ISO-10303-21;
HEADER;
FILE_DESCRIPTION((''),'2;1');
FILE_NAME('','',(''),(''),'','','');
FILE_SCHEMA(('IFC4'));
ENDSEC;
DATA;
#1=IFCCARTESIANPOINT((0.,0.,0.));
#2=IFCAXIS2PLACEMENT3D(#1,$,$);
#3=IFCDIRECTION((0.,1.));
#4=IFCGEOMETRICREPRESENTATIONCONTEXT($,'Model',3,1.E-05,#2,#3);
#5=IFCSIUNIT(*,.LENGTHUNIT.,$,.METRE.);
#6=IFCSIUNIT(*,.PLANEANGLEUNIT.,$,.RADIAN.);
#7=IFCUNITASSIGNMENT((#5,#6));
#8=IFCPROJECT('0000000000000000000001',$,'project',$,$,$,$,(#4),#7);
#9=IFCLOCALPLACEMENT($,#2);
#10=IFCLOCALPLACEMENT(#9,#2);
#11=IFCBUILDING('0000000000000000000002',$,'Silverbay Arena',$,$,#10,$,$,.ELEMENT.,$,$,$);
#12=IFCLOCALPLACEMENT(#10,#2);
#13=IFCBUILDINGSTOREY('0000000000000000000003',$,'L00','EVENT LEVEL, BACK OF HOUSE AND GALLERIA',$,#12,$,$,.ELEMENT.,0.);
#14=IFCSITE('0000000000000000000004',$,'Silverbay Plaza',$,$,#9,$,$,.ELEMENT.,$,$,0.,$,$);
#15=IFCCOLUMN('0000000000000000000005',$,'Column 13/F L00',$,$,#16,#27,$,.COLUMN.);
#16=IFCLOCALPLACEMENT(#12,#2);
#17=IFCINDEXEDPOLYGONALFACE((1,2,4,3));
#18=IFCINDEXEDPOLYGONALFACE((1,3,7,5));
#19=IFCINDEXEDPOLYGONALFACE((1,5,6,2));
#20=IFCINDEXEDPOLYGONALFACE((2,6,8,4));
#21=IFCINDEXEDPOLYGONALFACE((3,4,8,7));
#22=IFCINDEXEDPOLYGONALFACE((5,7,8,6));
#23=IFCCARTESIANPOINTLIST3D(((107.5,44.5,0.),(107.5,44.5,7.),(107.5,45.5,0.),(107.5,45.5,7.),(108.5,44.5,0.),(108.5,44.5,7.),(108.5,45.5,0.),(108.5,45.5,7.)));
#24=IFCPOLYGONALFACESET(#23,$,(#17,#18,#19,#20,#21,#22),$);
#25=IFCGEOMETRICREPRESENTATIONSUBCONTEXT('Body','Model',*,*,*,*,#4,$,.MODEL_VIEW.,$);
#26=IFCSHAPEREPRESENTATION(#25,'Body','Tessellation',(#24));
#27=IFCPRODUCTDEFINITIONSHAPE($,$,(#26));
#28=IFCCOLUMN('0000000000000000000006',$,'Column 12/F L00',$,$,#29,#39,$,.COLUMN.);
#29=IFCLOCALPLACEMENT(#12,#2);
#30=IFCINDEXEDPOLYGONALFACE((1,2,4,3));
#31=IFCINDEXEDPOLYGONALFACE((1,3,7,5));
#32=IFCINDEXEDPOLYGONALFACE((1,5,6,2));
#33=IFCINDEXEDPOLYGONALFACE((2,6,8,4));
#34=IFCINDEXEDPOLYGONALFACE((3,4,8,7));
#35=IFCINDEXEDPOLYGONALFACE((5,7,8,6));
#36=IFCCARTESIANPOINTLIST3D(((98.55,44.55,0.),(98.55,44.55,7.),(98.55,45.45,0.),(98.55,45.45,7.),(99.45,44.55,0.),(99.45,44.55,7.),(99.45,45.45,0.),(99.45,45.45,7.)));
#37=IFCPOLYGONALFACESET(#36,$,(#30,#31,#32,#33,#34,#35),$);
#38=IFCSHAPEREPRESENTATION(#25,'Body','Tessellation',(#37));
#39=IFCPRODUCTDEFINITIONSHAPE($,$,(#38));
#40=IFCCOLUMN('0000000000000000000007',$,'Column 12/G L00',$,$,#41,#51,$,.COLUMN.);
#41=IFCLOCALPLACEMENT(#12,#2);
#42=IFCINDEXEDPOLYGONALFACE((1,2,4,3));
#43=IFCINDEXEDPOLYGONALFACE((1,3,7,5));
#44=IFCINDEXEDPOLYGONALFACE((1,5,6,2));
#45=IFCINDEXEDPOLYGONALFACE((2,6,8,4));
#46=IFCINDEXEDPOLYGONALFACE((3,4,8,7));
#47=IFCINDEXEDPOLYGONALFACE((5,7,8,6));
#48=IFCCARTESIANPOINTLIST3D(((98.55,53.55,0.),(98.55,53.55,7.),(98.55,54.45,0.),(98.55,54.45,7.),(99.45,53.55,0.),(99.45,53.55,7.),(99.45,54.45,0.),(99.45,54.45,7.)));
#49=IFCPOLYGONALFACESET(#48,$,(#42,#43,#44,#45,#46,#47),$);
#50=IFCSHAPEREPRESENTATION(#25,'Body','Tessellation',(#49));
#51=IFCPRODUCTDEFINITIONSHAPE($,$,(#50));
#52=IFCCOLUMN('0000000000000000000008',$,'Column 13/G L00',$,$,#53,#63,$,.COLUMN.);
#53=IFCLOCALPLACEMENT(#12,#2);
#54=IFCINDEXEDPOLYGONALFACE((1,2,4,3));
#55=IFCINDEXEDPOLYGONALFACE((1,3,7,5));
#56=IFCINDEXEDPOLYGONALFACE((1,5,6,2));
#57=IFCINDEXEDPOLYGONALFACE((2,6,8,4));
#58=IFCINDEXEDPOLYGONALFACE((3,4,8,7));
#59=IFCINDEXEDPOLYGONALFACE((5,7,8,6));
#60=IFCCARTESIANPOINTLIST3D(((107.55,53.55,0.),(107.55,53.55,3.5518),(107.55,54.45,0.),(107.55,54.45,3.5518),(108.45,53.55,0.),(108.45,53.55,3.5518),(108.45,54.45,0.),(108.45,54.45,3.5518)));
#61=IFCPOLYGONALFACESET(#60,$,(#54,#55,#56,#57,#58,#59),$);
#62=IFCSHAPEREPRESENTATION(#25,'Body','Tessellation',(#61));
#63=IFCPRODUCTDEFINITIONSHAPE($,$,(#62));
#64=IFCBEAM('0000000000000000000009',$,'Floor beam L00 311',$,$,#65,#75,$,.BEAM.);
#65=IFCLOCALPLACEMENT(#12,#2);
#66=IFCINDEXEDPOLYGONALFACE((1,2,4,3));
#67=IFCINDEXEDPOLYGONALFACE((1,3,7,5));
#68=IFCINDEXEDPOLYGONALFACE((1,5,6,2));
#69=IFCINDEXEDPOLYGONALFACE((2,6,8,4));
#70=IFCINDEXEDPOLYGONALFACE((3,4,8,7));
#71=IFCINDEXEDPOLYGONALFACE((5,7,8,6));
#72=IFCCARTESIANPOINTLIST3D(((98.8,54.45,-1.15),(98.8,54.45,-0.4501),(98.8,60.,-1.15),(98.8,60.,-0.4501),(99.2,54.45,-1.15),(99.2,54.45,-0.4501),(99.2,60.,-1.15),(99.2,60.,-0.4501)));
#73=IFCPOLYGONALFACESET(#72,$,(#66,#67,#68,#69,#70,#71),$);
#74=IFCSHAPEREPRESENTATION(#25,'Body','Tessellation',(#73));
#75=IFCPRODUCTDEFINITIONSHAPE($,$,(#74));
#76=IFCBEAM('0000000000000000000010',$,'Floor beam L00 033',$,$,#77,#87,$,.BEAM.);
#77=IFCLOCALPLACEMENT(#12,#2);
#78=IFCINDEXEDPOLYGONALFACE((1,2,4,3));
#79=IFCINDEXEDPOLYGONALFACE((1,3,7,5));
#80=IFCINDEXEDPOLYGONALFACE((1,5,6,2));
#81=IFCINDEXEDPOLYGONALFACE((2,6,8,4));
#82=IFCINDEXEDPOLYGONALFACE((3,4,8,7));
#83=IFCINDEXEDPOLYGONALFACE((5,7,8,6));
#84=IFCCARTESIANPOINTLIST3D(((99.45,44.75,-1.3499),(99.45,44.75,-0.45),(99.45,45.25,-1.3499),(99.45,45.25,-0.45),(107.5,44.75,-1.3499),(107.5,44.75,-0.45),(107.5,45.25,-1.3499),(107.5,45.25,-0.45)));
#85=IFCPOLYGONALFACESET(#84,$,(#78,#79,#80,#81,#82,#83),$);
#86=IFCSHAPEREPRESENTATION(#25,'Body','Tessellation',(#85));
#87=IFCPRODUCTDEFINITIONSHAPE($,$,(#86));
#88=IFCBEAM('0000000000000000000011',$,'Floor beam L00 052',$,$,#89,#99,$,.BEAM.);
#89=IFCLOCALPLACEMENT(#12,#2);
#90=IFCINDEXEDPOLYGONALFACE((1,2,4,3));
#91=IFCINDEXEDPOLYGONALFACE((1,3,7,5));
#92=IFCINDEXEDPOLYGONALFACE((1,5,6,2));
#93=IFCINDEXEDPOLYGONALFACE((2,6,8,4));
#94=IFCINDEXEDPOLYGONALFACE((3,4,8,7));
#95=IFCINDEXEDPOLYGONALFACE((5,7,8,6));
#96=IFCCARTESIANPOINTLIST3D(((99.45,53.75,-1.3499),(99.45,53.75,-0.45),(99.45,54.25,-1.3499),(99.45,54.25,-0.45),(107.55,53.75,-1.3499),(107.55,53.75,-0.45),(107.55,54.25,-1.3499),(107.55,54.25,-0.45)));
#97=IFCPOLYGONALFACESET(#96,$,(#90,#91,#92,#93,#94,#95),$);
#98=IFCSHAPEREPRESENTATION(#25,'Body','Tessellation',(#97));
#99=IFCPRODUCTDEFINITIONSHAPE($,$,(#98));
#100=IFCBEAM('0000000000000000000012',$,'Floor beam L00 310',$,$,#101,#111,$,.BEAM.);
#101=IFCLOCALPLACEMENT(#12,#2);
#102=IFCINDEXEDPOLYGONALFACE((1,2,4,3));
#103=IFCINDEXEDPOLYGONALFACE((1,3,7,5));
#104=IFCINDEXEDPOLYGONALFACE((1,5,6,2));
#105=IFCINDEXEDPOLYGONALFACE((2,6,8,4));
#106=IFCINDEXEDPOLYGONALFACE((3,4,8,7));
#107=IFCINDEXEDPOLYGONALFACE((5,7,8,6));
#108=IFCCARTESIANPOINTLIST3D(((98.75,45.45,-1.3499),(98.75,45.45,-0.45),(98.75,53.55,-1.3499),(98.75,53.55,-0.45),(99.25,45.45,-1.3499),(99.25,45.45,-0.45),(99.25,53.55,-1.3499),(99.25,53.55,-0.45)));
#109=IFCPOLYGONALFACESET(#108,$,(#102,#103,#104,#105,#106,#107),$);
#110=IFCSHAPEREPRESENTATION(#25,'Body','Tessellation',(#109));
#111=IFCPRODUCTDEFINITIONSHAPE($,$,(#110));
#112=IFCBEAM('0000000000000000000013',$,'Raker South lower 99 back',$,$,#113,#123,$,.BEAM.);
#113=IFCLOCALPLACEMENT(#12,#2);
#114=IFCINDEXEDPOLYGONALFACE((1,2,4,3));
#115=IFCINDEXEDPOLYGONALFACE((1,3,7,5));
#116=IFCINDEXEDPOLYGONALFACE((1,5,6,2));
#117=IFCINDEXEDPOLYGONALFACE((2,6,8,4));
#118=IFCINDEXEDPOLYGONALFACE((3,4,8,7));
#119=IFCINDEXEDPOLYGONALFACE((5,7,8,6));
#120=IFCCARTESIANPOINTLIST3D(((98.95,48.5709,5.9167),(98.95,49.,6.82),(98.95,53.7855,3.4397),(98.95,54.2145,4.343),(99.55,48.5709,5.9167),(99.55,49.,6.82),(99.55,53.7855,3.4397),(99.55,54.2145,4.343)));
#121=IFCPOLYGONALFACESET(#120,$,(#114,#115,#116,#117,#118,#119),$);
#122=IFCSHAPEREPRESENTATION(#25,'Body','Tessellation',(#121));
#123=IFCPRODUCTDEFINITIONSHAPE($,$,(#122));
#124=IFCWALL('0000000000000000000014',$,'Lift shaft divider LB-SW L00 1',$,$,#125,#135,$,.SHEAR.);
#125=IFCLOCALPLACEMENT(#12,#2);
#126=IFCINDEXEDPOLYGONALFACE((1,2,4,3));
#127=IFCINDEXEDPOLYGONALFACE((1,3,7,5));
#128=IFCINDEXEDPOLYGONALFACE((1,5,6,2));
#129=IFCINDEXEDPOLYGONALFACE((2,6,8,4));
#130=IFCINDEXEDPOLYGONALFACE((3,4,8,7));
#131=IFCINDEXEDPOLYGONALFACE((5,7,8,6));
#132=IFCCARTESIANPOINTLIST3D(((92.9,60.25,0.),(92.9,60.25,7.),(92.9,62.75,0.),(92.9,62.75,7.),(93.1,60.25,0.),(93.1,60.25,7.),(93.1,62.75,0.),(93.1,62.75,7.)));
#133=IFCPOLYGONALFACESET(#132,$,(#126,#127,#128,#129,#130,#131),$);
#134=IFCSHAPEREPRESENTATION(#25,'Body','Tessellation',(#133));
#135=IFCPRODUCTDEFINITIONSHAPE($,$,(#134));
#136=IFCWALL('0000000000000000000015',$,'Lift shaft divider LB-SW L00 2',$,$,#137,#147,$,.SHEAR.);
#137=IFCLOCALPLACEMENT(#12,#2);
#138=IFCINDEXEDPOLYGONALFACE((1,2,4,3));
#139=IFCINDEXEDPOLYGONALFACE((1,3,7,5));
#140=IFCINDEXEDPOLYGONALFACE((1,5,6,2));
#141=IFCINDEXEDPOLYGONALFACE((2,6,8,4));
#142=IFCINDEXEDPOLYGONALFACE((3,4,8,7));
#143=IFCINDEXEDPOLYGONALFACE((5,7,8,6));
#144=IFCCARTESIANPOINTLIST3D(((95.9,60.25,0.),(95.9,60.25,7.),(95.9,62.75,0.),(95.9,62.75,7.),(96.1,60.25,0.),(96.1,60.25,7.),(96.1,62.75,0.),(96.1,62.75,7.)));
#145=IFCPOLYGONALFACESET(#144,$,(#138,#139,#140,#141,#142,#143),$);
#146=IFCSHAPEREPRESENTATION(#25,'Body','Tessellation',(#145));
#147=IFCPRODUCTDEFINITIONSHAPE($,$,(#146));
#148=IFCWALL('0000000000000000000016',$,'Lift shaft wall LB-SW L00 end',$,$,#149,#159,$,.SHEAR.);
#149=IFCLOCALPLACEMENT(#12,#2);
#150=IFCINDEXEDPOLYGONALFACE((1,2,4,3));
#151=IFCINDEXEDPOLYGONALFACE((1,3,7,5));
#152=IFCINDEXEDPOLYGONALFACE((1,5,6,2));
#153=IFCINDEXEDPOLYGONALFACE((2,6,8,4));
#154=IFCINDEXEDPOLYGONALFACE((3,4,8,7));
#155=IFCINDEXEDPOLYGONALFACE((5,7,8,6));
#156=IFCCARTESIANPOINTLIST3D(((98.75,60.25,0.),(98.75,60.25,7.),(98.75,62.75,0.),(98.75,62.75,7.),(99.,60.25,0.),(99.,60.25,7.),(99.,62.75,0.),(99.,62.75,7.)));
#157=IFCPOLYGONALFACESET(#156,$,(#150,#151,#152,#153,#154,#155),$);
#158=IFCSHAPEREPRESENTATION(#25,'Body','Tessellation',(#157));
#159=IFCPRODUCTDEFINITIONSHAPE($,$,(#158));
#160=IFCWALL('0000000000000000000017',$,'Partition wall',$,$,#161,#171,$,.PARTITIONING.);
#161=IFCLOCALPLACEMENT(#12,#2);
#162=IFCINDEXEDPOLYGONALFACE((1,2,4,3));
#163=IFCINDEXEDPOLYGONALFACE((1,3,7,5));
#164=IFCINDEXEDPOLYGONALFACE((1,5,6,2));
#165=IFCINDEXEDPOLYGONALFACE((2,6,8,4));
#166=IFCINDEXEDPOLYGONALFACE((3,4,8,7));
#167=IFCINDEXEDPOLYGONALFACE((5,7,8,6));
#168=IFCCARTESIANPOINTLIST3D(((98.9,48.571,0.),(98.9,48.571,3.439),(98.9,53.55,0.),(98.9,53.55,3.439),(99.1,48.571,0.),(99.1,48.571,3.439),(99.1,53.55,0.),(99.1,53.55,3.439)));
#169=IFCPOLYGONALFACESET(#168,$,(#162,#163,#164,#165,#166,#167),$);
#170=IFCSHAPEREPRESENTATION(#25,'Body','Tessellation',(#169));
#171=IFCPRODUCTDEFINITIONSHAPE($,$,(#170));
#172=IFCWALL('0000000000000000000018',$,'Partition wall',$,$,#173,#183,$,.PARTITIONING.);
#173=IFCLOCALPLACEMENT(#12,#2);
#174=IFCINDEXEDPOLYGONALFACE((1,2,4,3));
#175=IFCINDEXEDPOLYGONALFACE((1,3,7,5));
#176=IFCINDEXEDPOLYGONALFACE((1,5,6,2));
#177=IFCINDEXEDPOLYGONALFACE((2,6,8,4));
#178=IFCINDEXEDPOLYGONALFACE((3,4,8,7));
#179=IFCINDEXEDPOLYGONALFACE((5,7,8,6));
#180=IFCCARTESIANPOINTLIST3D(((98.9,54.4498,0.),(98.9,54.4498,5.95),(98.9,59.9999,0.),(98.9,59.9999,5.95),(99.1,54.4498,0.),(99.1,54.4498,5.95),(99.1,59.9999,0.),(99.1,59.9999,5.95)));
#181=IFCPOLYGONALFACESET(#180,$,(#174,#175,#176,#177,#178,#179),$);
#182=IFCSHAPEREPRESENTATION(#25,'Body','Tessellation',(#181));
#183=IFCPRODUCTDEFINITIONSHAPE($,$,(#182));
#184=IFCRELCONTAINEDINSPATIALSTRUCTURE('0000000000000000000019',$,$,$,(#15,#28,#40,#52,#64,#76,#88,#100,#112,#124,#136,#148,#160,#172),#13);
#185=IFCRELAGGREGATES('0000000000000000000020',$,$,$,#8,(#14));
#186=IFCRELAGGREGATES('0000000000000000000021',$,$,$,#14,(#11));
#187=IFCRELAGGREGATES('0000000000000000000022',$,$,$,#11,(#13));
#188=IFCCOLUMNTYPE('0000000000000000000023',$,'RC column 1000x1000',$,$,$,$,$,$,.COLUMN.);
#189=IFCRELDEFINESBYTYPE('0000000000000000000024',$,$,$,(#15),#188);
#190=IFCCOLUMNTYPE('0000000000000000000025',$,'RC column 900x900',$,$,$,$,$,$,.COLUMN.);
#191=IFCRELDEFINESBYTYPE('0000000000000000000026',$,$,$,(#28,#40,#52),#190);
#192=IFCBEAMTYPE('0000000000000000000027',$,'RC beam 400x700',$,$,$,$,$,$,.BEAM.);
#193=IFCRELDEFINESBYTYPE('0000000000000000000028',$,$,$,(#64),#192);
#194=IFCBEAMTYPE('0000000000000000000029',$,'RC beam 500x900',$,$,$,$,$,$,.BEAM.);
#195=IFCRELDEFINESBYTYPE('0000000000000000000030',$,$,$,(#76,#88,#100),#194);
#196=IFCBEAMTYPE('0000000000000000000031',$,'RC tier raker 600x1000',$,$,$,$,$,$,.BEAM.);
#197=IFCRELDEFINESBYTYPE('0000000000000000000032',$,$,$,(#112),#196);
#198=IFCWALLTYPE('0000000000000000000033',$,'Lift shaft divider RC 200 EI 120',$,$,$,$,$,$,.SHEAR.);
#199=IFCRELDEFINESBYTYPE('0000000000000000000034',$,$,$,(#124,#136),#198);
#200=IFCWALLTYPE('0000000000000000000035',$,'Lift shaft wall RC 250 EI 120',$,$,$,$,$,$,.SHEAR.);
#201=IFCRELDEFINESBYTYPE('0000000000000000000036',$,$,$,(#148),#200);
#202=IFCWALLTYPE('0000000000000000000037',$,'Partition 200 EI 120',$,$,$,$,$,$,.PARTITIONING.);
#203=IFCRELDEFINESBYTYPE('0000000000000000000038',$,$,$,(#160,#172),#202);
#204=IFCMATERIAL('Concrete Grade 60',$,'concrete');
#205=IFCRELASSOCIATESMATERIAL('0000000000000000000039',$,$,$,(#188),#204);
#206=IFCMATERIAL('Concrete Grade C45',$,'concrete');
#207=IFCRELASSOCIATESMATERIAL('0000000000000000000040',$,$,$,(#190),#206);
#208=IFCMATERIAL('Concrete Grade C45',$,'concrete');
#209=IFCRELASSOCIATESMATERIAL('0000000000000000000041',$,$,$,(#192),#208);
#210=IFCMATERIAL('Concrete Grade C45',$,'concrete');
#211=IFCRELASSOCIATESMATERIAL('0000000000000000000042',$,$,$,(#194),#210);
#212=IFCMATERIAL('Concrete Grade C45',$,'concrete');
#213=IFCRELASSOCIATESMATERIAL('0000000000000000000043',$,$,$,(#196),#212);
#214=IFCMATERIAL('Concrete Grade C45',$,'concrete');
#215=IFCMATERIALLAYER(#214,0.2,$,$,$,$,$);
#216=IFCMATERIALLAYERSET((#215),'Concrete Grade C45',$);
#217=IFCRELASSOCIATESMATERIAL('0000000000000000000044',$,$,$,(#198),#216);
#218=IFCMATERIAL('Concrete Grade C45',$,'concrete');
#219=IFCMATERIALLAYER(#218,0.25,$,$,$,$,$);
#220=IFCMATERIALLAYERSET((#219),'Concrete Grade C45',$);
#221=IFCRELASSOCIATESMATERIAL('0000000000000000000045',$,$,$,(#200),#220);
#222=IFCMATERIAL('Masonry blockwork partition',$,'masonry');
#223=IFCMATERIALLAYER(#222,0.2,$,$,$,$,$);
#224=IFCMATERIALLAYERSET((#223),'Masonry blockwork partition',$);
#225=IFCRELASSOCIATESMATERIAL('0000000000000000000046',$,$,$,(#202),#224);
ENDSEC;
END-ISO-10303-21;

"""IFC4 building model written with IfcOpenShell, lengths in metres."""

from ifc_helpers import new_model, si_unit, direction, frame, frame_2d, origin, origin_2d, place, context, subcontext, project, spatial, rectangle, extrude, material, layer, layer_set, material_profile, profile_set, type_object, element, save


model = new_model("IFC4")

# Units and contexts
model_context = context("Model", 3, precision=1e-05, world=origin(), true_north=direction((0.0, 1.0)))
body_context = subcontext(model_context, "Body", "Model", "MODEL_VIEW")
ifc_project = project(units=[si_unit("LENGTHUNIT", "METRE"), si_unit("PLANEANGLEUNIT", "RADIAN")], contexts=[model_context])

# Site, building, storey
site_placement = place(None, origin())
site = spatial("IfcSite", under=ifc_project, at=site_placement, Name="Silverbay Plaza", CompositionType="ELEMENT", RefElevation=0.0)
building_placement = place(site_placement, origin())
building = spatial("IfcBuilding", under=site, at=building_placement, Name="Silverbay Arena", CompositionType="ELEMENT")
storey_placement = place(building_placement, origin())
storey = spatial("IfcBuildingStorey", under=building, at=storey_placement, Name="L00", Description="EVENT LEVEL, BACK OF HOUSE AND GALLERIA", CompositionType="ELEMENT", Elevation=0.0)

# Columns
ifc_material_1 = material(Name="Concrete Grade 60", Category="concrete")
ifc_material_profile_1 = material_profile(ifc_material_1, rectangle(XDim=1.0, YDim=1.0, at=origin_2d()), Name="RC 1000x1000")
ifc_profile_set_1 = profile_set([ifc_material_profile_1], Name="Concrete Grade 60")
column_type_1 = type_object("IfcColumnType", Name="RC column 1000x1000", PredefinedType="COLUMN", material=ifc_profile_set_1)
column_1_placement = place(storey_placement, frame((108.0, 45.0, 0.0), z_axis=(0.0, 0.0, 1.0), x_axis=(1.0, 0.0, 0.0)))
element("IfcColumn", 1, at=column_1_placement, inside=storey, type_object=column_type_1, Name="Column 13/F L00", PredefinedType="COLUMN", context=body_context, shape_type="SweptSolid", body=[
    extrude(rectangle(XDim=1.0, YDim=1.0, at=origin_2d()), origin(), (0.0, 0.0, 1.0), 7.0),
])
ifc_material_2 = material(Name="Concrete Grade C45", Category="concrete")
ifc_material_profile_2 = material_profile(ifc_material_2, rectangle(XDim=0.8999, YDim=0.8999, at=origin_2d()), Name="RC 900x900")
ifc_profile_set_2 = profile_set([ifc_material_profile_2], Name="Concrete Grade C45")
column_type_2 = type_object("IfcColumnType", Name="RC column 900x900", PredefinedType="COLUMN", material=ifc_profile_set_2)
for number, where, z_axis, x_axis, name in (
    (2, (99.0, 45.0, 0.0), (0.0, 0.0, 1.0), (1.0, 0.0, 0.0), "Column 12/F L00"),
    (3, (99.0, 54.0, 0.0), (0.0, 0.0, 1.0), (1.0, 0.0, 0.0), "Column 12/G L00"),
):
    element("IfcColumn", number, at=place(storey_placement, frame(where, z_axis=z_axis, x_axis=x_axis)), inside=storey, type_object=column_type_2, Name=name, PredefinedType="COLUMN", context=body_context, shape_type="SweptSolid", body=[
        extrude(rectangle(XDim=0.8999, YDim=0.8999, at=origin_2d()), origin(), (0.0, 0.0, 1.0), 7.0),
    ])
column_2_placement = place(storey_placement, frame((108.0, 54.0, 0.0), z_axis=(0.0, 0.0, 1.0), x_axis=(1.0, 0.0, 0.0)))
element("IfcColumn", 4, at=column_2_placement, inside=storey, type_object=column_type_2, Name="Column 13/G L00", PredefinedType="COLUMN", context=body_context, shape_type="SweptSolid", body=[
    extrude(rectangle(XDim=0.8999, YDim=0.8999, at=origin_2d()), origin(), (0.0, 0.0, 1.0), 3.5518),
])

# Beams
ifc_material_3 = material(Name="Concrete Grade C45", Category="concrete")
ifc_material_profile_3 = material_profile(ifc_material_3, rectangle(XDim=0.3999, YDim=0.7, at=origin_2d()), Name="RC 400x700")
ifc_profile_set_3 = profile_set([ifc_material_profile_3], Name="Concrete Grade C45")
beam_type_1 = type_object("IfcBeamType", Name="RC beam 400x700", PredefinedType="BEAM", material=ifc_profile_set_3)
beam_1_placement = place(storey_placement, frame((99.0, 54.45, -0.8), z_axis=(0.0, 1.0, 0.0), x_axis=(-1.0, 0.0, 0.0)))
element("IfcBeam", 5, at=beam_1_placement, inside=storey, type_object=beam_type_1, Name="Floor beam L00 311", PredefinedType="BEAM", context=body_context, shape_type="SweptSolid", body=[
    extrude(rectangle(XDim=0.3999, YDim=0.7, at=origin_2d()), origin(), (0.0, 0.0, 1.0), 5.55),
])
ifc_material_4 = material(Name="Concrete Grade C45", Category="concrete")
ifc_material_profile_4 = material_profile(ifc_material_4, rectangle(XDim=0.5, YDim=0.8999, at=origin_2d()), Name="RC 500x900")
ifc_profile_set_4 = profile_set([ifc_material_profile_4], Name="Concrete Grade C45")
beam_type_2 = type_object("IfcBeamType", Name="RC beam 500x900", PredefinedType="BEAM", material=ifc_profile_set_4)
beam_2_placement = place(storey_placement, frame((99.45, 45.0, -0.8999), z_axis=(1.0, 0.0, 0.0), x_axis=(0.0, 1.0, 0.0)))
element("IfcBeam", 6, at=beam_2_placement, inside=storey, type_object=beam_type_2, Name="Floor beam L00 033", PredefinedType="BEAM", context=body_context, shape_type="SweptSolid", body=[
    extrude(rectangle(XDim=0.5, YDim=0.8999, at=origin_2d()), origin(), (0.0, 0.0, 1.0), 8.05),
])
for number, where, z_axis, x_axis, name in (
    (7, (99.45, 54.0, -0.8999), (1.0, 0.0, 0.0), (0.0, 1.0, 0.0), "Floor beam L00 052"),
    (8, (99.0, 45.45, -0.8999), (0.0, 1.0, 0.0), (-1.0, 0.0, 0.0), "Floor beam L00 310"),
):
    element("IfcBeam", number, at=place(storey_placement, frame(where, z_axis=z_axis, x_axis=x_axis)), inside=storey, type_object=beam_type_2, Name=name, PredefinedType="BEAM", context=body_context, shape_type="SweptSolid", body=[
        extrude(rectangle(XDim=0.5, YDim=0.8999, at=origin_2d()), origin(), (0.0, 0.0, 1.0), 8.1001),
    ])
ifc_material_5 = material(Name="Concrete Grade C45", Category="concrete")
ifc_material_profile_5 = material_profile(ifc_material_5, rectangle(XDim=0.6001, YDim=1.0, at=origin_2d()), Name="RC 600x1000")
ifc_profile_set_5 = profile_set([ifc_material_profile_5], Name="Concrete Grade C45")
beam_type_3 = type_object("IfcBeamType", Name="RC tier raker 600x1000", PredefinedType="BEAM", material=ifc_profile_set_5)
beam_3_placement = place(storey_placement, frame((99.25, 54.0, 3.8914), z_axis=(0.0, -0.90327, 0.429073), x_axis=(1.0, 0.0, 0.0)))
element("IfcBeam", 9, at=beam_3_placement, inside=storey, type_object=beam_type_3, Name="Raker South lower 99 back", PredefinedType="BEAM", context=body_context, shape_type="SweptSolid", body=[
    extrude(rectangle(XDim=0.6001, YDim=1.0, at=origin_2d()), origin(), (0.0, 0.0, 1.0), 5.7729),
])

# Walls
ifc_material_6 = material(Name="Concrete Grade C45", Category="concrete")
ifc_layer_1 = layer(ifc_material_6, 0.2)
ifc_layer_set_1 = layer_set([ifc_layer_1], Name="Concrete Grade C45")
wall_type_1 = type_object("IfcWallType", Name="Lift shaft divider RC 200 EI 120", PredefinedType="SHEAR", material=ifc_layer_set_1)
for number, where, z_axis, x_axis, name in (
    (10, (93.0, 60.25, 0.0), (0.0, 0.0, 1.0), (0.0, 1.0, 0.0), "Lift shaft divider LB-SW L00 1"),
    (11, (96.0, 60.25, 0.0), (0.0, 0.0, 1.0), (0.0, 1.0, 0.0), "Lift shaft divider LB-SW L00 2"),
):
    element("IfcWall", number, at=place(storey_placement, frame(where, z_axis=z_axis, x_axis=x_axis)), inside=storey, type_object=wall_type_1, Name=name, PredefinedType="SHEAR", context=body_context, shape_type="SweptSolid", body=[
        extrude(rectangle(XDim=2.5, YDim=0.2, at=frame_2d((1.25, 0.0))), origin(), (0.0, 0.0, 1.0), 7.0),
    ])
ifc_material_7 = material(Name="Concrete Grade C45", Category="concrete")
ifc_layer_2 = layer(ifc_material_7, 0.25)
ifc_layer_set_2 = layer_set([ifc_layer_2], Name="Concrete Grade C45")
wall_type_2 = type_object("IfcWallType", Name="Lift shaft wall RC 250 EI 120", PredefinedType="SHEAR", material=ifc_layer_set_2)
wall_1_placement = place(storey_placement, frame((98.875, 60.25, 0.0), z_axis=(0.0, 0.0, 1.0), x_axis=(0.0, 1.0, 0.0)))
element("IfcWall", 12, at=wall_1_placement, inside=storey, type_object=wall_type_2, Name="Lift shaft wall LB-SW L00 end", PredefinedType="SHEAR", context=body_context, shape_type="SweptSolid", body=[
    extrude(rectangle(XDim=2.5, YDim=0.25, at=frame_2d((1.25, 0.0))), origin(), (0.0, 0.0, 1.0), 7.0),
])
ifc_material_8 = material(Name="Masonry blockwork partition", Category="masonry")
ifc_layer_3 = layer(ifc_material_8, 0.2)
ifc_layer_set_3 = layer_set([ifc_layer_3], Name="Masonry blockwork partition")
wall_type_3 = type_object("IfcWallType", Name="Partition 200 EI 120", PredefinedType="PARTITIONING", material=ifc_layer_set_3)
wall_2_placement = place(storey_placement, frame((99.0, 48.571, 0.0), z_axis=(0.0, 0.0, 1.0), x_axis=(0.0, 1.0, 0.0)))
element("IfcWall", 13, at=wall_2_placement, inside=storey, type_object=wall_type_3, Name="Partition wall", PredefinedType="PARTITIONING", context=body_context, shape_type="SweptSolid", body=[
    extrude(rectangle(XDim=4.979, YDim=0.2, at=frame_2d((2.4895, 0.0))), origin(), (0.0, 0.0, 1.0), 3.439),
])
wall_3_placement = place(storey_placement, frame((99.0, 54.45, 0.0), z_axis=(0.0, 0.0, 1.0), x_axis=(0.0, 1.0, 0.0)))
element("IfcWall", 14, at=wall_3_placement, inside=storey, type_object=wall_type_3, Name="Partition wall", PredefinedType="PARTITIONING", context=body_context, shape_type="SweptSolid", body=[
    extrude(rectangle(XDim=5.55, YDim=0.2, at=frame_2d((2.7749, 0.0))), origin(), (0.0, 0.0, 1.0), 5.95),
])

save(model, "model.ifc")
